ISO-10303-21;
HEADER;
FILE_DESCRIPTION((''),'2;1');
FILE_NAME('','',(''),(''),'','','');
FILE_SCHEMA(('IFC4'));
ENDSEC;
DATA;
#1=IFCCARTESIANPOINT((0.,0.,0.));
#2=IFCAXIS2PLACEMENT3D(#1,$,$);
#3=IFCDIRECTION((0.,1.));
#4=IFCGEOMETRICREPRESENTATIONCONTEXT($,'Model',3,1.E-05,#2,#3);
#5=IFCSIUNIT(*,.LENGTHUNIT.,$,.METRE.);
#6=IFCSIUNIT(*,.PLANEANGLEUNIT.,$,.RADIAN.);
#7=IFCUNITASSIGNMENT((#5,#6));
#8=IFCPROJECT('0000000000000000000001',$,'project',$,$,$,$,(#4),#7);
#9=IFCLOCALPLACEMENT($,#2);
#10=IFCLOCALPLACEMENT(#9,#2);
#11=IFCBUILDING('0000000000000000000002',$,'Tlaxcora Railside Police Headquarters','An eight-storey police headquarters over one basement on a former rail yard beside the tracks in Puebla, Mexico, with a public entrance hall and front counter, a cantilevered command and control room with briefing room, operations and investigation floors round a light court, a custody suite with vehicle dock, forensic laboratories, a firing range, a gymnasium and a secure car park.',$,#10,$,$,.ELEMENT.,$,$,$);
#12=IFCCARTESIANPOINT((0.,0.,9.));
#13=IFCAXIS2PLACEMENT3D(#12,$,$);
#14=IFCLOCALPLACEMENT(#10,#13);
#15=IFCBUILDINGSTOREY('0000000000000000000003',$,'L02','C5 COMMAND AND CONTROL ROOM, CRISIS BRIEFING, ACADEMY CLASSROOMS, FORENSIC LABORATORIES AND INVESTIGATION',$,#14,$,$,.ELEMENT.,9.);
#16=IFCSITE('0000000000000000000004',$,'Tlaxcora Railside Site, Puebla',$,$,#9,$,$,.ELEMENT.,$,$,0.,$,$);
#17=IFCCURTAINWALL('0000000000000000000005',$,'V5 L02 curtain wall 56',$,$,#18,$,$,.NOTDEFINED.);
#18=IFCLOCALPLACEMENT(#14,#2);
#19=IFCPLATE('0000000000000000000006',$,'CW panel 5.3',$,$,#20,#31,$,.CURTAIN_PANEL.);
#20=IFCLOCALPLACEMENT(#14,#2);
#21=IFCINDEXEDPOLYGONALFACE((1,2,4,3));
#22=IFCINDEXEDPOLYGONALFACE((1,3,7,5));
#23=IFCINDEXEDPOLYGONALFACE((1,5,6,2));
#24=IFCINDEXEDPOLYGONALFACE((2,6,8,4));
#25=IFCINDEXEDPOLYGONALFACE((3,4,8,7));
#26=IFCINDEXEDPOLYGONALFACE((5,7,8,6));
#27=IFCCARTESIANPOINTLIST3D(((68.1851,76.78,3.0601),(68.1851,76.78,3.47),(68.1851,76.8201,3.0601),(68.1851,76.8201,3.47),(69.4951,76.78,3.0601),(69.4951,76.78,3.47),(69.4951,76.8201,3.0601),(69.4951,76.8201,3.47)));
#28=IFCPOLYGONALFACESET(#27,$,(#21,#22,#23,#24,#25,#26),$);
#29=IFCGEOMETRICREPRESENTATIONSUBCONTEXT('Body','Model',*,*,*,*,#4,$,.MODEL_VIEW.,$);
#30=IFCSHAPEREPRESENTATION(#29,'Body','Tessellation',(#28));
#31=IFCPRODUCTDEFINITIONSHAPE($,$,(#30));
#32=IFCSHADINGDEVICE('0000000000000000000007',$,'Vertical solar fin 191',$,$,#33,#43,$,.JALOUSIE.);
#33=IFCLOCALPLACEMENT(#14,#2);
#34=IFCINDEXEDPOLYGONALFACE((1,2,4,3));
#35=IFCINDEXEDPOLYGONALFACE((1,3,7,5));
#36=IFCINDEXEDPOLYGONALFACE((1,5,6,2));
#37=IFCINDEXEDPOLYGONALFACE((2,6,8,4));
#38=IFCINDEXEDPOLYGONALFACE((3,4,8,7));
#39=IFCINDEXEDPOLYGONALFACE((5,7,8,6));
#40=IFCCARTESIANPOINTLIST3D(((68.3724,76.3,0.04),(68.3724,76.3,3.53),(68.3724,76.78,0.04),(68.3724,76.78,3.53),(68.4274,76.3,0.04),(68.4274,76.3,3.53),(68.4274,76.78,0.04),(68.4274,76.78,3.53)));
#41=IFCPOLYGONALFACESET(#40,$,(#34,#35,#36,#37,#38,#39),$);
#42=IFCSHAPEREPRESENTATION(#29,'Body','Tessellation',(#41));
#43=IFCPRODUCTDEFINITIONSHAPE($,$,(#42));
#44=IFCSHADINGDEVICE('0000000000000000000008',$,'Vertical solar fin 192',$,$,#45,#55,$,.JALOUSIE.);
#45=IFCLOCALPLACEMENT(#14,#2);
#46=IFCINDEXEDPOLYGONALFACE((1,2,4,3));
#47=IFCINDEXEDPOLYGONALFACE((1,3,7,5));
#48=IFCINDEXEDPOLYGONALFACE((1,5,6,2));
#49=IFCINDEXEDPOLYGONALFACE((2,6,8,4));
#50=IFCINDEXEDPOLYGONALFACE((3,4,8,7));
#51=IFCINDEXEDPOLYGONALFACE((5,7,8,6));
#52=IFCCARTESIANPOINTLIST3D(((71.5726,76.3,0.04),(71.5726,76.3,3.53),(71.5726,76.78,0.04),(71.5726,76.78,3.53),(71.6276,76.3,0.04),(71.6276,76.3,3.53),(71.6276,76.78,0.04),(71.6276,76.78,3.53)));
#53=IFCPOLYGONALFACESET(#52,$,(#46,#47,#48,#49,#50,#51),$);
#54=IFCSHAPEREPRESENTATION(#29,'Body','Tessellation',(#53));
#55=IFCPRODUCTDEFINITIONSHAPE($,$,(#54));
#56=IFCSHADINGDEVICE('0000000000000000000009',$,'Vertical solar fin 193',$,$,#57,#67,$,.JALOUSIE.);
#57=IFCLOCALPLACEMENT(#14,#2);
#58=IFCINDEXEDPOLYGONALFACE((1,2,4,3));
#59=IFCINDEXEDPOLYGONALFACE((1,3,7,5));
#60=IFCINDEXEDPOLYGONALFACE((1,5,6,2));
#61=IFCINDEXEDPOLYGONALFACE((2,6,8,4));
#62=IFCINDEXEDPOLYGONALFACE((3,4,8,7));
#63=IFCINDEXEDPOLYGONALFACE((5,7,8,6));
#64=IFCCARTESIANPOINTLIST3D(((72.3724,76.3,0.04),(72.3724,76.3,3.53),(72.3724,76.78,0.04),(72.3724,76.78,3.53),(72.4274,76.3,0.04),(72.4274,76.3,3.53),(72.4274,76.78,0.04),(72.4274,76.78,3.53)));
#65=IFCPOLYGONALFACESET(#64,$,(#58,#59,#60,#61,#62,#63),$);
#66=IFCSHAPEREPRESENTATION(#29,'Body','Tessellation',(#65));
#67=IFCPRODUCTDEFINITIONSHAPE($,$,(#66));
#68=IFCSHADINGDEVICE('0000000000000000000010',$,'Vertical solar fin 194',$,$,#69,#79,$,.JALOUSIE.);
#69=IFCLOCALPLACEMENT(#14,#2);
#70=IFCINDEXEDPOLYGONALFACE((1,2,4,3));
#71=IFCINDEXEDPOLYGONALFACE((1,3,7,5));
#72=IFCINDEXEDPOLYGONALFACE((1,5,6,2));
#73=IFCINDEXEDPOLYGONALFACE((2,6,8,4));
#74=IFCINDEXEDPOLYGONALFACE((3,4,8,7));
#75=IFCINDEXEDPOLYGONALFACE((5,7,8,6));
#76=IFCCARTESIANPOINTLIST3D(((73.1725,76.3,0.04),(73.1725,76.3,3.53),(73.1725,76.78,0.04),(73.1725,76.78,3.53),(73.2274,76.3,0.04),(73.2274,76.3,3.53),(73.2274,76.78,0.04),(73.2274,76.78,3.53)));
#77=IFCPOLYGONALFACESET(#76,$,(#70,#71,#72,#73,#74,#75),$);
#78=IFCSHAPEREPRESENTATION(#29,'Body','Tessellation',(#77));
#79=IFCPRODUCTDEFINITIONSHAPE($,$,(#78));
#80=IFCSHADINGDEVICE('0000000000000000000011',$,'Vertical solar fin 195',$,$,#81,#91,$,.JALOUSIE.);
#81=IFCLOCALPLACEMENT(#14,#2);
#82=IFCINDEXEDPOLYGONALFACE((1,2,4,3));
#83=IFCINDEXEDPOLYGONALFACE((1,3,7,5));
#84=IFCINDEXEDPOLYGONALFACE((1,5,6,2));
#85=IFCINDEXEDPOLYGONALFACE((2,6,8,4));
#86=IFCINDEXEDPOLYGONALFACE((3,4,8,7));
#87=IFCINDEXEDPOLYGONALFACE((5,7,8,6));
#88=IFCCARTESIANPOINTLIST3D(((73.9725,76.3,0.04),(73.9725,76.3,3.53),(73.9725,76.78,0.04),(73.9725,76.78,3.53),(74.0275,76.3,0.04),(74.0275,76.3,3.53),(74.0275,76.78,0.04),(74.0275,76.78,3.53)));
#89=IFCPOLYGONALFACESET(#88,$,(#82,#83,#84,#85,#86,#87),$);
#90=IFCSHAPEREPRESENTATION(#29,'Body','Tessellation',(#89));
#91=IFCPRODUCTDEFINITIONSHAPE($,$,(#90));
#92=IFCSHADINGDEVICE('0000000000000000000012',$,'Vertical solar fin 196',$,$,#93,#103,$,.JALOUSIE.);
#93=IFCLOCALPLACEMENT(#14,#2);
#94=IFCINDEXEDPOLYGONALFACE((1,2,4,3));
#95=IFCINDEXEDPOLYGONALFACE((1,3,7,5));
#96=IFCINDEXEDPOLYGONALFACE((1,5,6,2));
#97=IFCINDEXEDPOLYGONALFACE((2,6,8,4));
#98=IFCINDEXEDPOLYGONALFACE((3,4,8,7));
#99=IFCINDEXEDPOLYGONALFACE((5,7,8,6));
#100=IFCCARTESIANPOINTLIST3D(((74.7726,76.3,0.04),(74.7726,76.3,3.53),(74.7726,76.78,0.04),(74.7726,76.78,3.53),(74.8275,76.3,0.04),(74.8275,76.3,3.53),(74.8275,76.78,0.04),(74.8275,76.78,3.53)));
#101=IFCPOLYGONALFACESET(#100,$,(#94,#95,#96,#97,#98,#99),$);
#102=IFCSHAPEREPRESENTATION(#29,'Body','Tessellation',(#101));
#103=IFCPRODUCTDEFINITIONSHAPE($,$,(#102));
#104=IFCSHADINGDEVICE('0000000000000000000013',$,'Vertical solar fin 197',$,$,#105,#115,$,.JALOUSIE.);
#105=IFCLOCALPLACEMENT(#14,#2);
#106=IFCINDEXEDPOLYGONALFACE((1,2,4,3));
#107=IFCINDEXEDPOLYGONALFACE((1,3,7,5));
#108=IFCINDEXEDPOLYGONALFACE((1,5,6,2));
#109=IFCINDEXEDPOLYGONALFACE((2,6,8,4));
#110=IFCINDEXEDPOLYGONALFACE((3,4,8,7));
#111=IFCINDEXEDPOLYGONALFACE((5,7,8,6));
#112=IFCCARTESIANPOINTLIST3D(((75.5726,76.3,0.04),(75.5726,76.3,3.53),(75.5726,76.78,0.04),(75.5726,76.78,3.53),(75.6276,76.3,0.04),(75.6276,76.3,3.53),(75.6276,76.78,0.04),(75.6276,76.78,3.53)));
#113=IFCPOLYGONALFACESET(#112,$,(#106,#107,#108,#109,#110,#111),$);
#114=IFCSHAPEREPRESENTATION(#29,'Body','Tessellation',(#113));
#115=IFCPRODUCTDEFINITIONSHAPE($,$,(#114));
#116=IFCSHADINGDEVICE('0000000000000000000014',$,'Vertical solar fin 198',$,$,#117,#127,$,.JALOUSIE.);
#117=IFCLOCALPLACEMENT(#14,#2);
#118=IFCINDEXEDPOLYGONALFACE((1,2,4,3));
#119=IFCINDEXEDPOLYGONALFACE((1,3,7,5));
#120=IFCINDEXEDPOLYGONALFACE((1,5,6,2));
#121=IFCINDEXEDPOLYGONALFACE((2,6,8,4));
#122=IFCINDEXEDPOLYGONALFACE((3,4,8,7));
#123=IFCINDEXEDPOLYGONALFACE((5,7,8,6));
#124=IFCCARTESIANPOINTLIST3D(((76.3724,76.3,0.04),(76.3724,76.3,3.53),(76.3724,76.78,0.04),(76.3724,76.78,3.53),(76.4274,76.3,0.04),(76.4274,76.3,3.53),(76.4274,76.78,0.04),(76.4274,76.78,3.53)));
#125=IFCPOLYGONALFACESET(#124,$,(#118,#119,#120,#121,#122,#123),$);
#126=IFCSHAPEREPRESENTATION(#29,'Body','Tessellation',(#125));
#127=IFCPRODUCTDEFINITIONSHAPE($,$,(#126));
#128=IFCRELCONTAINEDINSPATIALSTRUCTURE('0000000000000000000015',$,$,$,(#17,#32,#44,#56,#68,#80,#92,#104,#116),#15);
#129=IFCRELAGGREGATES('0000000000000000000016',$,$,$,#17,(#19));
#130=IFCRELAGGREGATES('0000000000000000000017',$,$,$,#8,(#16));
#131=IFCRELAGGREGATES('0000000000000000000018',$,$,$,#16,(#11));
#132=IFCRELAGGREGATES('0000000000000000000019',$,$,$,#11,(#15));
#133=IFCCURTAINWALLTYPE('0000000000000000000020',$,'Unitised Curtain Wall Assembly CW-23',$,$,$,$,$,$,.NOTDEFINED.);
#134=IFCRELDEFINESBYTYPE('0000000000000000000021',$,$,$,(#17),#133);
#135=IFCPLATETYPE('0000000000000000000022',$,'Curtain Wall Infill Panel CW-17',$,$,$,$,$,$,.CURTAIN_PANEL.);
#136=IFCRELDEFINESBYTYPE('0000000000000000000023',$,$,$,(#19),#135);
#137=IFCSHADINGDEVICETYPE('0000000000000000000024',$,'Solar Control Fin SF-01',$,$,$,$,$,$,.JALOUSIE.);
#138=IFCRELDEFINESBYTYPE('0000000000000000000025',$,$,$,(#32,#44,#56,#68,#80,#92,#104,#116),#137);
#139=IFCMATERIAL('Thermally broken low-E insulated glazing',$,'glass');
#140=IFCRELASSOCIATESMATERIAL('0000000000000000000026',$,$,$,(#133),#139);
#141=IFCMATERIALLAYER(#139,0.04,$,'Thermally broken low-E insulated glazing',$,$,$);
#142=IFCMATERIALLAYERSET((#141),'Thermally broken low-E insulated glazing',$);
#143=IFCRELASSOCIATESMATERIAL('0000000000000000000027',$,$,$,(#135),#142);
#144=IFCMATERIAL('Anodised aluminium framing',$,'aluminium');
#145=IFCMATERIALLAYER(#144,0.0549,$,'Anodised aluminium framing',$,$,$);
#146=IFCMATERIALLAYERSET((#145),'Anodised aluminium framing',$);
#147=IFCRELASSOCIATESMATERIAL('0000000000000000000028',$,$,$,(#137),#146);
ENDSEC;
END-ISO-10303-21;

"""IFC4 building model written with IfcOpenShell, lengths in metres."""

from ifc_helpers import new_model, si_unit, direction, frame, origin, origin_2d, place, context, subcontext, project, spatial, rectangle, extrude, material, layer, layer_set, type_object, element, aggregate, save


model = new_model("IFC4")

# Units and contexts
model_context = context("Model", 3, precision=1e-05, world=origin(), true_north=direction((0.0, 1.0)))
body_context = subcontext(model_context, "Body", "Model", "MODEL_VIEW")
ifc_project = project(units=[si_unit("LENGTHUNIT", "METRE"), si_unit("PLANEANGLEUNIT", "RADIAN")], contexts=[model_context])

# Site, building, storey
site_placement = place(None, origin())
site = spatial("IfcSite", under=ifc_project, at=site_placement, Name="Tlaxcora Railside Site, Puebla", CompositionType="ELEMENT", RefElevation=0.0)
building_placement = place(site_placement, origin())
building = spatial("IfcBuilding", under=site, at=building_placement, Name="Tlaxcora Railside Police Headquarters", Description="An eight-storey police headquarters over one basement on a former rail yard beside the tracks in Puebla, Mexico, with a public entrance hall and front counter, a cantilevered command and control room with briefing room, operations and investigation floors round a light court, a custody suite with vehicle dock, forensic laboratories, a firing range, a gymnasium and a secure car park.", CompositionType="ELEMENT")
storey_placement = place(building_placement, frame((0.0, 0.0, 9.0)))
storey = spatial("IfcBuildingStorey", under=building, at=storey_placement, Name="L02", Description="C5 COMMAND AND CONTROL ROOM, CRISIS BRIEFING, ACADEMY CLASSROOMS, FORENSIC LABORATORIES AND INVESTIGATION", CompositionType="ELEMENT", Elevation=9.0)

# Curtain wall
ifc_material_1 = material(Name="Thermally broken low-E insulated glazing", Category="glass")
curtain_wall_type_1 = type_object("IfcCurtainWallType", Name="Unitised Curtain Wall Assembly CW-23", PredefinedType="NOTDEFINED", material=ifc_material_1)
curtain_wall_1_placement = place(storey_placement, origin())
curtain_wall_1 = element("IfcCurtainWall", 1, at=curtain_wall_1_placement, inside=storey, type_object=curtain_wall_type_1, Name="V5 L02 curtain wall 56", PredefinedType="NOTDEFINED")
ifc_material_2 = material(Name="Anodised aluminium framing", Category="aluminium")

# Plate
ifc_layer_1 = layer(ifc_material_1, 0.04, Name="Thermally broken low-E insulated glazing")
ifc_layer_set_1 = layer_set([ifc_layer_1], Name="Thermally broken low-E insulated glazing")
plate_type = type_object("IfcPlateType", Name="Curtain Wall Infill Panel CW-17", PredefinedType="CURTAIN_PANEL", material=ifc_layer_set_1)
plate_1_placement = place(storey_placement, frame((68.8401, 76.8, 3.0601), z_axis=(0.0, 0.0, 1.0), x_axis=(1.0, 0.0, 0.0)))
plate_1 = element("IfcPlate", 2, at=plate_1_placement, type_object=plate_type, Name="CW panel 5.3", PredefinedType="CURTAIN_PANEL", context=body_context, shape_type="SweptSolid", body=[
    extrude(rectangle(XDim=1.3101, YDim=0.04, at=origin_2d()), origin(), (0.0, 0.0, 1.0), 0.4099),
])
aggregate(curtain_wall_1, [plate_1])

# Shading devices
ifc_layer_2 = layer(ifc_material_2, 0.0549, Name="Anodised aluminium framing")
ifc_layer_set_2 = layer_set([ifc_layer_2], Name="Anodised aluminium framing")
shading_device_type = type_object("IfcShadingDeviceType", Name="Solar Control Fin SF-01", PredefinedType="JALOUSIE", material=ifc_layer_set_2)
for number, where, z_axis, x_axis, name in (
    (3, (68.3999, 76.54, 0.04), (0.0, 0.0, 1.0), (0.0, -1.0, 0.0), "Vertical solar fin 191"),
    (4, (71.6001, 76.54, 0.04), (0.0, 0.0, 1.0), (0.0, -1.0, 0.0), "Vertical solar fin 192"),
    (5, (72.3999, 76.54, 0.04), (0.0, 0.0, 1.0), (0.0, -1.0, 0.0), "Vertical solar fin 193"),
    (6, (73.2, 76.54, 0.04), (0.0, 0.0, 1.0), (0.0, -1.0, 0.0), "Vertical solar fin 194"),
    (7, (74.0, 76.54, 0.04), (0.0, 0.0, 1.0), (0.0, -1.0, 0.0), "Vertical solar fin 195"),
    (8, (74.8, 76.54, 0.04), (0.0, 0.0, 1.0), (0.0, -1.0, 0.0), "Vertical solar fin 196"),
    (9, (75.6001, 76.54, 0.04), (0.0, 0.0, 1.0), (0.0, -1.0, 0.0), "Vertical solar fin 197"),
    (10, (76.3999, 76.54, 0.04), (0.0, 0.0, 1.0), (0.0, -1.0, 0.0), "Vertical solar fin 198"),
):
    element("IfcShadingDevice", number, at=place(storey_placement, frame(where, z_axis=z_axis, x_axis=x_axis)), inside=storey, type_object=shading_device_type, Name=name, PredefinedType="JALOUSIE", context=body_context, shape_type="SweptSolid", body=[
        extrude(rectangle(XDim=0.48, YDim=0.0549, at=origin_2d()), origin(), (0.0, 0.0, 1.0), 3.49),
    ])

save(model, "model.ifc")
